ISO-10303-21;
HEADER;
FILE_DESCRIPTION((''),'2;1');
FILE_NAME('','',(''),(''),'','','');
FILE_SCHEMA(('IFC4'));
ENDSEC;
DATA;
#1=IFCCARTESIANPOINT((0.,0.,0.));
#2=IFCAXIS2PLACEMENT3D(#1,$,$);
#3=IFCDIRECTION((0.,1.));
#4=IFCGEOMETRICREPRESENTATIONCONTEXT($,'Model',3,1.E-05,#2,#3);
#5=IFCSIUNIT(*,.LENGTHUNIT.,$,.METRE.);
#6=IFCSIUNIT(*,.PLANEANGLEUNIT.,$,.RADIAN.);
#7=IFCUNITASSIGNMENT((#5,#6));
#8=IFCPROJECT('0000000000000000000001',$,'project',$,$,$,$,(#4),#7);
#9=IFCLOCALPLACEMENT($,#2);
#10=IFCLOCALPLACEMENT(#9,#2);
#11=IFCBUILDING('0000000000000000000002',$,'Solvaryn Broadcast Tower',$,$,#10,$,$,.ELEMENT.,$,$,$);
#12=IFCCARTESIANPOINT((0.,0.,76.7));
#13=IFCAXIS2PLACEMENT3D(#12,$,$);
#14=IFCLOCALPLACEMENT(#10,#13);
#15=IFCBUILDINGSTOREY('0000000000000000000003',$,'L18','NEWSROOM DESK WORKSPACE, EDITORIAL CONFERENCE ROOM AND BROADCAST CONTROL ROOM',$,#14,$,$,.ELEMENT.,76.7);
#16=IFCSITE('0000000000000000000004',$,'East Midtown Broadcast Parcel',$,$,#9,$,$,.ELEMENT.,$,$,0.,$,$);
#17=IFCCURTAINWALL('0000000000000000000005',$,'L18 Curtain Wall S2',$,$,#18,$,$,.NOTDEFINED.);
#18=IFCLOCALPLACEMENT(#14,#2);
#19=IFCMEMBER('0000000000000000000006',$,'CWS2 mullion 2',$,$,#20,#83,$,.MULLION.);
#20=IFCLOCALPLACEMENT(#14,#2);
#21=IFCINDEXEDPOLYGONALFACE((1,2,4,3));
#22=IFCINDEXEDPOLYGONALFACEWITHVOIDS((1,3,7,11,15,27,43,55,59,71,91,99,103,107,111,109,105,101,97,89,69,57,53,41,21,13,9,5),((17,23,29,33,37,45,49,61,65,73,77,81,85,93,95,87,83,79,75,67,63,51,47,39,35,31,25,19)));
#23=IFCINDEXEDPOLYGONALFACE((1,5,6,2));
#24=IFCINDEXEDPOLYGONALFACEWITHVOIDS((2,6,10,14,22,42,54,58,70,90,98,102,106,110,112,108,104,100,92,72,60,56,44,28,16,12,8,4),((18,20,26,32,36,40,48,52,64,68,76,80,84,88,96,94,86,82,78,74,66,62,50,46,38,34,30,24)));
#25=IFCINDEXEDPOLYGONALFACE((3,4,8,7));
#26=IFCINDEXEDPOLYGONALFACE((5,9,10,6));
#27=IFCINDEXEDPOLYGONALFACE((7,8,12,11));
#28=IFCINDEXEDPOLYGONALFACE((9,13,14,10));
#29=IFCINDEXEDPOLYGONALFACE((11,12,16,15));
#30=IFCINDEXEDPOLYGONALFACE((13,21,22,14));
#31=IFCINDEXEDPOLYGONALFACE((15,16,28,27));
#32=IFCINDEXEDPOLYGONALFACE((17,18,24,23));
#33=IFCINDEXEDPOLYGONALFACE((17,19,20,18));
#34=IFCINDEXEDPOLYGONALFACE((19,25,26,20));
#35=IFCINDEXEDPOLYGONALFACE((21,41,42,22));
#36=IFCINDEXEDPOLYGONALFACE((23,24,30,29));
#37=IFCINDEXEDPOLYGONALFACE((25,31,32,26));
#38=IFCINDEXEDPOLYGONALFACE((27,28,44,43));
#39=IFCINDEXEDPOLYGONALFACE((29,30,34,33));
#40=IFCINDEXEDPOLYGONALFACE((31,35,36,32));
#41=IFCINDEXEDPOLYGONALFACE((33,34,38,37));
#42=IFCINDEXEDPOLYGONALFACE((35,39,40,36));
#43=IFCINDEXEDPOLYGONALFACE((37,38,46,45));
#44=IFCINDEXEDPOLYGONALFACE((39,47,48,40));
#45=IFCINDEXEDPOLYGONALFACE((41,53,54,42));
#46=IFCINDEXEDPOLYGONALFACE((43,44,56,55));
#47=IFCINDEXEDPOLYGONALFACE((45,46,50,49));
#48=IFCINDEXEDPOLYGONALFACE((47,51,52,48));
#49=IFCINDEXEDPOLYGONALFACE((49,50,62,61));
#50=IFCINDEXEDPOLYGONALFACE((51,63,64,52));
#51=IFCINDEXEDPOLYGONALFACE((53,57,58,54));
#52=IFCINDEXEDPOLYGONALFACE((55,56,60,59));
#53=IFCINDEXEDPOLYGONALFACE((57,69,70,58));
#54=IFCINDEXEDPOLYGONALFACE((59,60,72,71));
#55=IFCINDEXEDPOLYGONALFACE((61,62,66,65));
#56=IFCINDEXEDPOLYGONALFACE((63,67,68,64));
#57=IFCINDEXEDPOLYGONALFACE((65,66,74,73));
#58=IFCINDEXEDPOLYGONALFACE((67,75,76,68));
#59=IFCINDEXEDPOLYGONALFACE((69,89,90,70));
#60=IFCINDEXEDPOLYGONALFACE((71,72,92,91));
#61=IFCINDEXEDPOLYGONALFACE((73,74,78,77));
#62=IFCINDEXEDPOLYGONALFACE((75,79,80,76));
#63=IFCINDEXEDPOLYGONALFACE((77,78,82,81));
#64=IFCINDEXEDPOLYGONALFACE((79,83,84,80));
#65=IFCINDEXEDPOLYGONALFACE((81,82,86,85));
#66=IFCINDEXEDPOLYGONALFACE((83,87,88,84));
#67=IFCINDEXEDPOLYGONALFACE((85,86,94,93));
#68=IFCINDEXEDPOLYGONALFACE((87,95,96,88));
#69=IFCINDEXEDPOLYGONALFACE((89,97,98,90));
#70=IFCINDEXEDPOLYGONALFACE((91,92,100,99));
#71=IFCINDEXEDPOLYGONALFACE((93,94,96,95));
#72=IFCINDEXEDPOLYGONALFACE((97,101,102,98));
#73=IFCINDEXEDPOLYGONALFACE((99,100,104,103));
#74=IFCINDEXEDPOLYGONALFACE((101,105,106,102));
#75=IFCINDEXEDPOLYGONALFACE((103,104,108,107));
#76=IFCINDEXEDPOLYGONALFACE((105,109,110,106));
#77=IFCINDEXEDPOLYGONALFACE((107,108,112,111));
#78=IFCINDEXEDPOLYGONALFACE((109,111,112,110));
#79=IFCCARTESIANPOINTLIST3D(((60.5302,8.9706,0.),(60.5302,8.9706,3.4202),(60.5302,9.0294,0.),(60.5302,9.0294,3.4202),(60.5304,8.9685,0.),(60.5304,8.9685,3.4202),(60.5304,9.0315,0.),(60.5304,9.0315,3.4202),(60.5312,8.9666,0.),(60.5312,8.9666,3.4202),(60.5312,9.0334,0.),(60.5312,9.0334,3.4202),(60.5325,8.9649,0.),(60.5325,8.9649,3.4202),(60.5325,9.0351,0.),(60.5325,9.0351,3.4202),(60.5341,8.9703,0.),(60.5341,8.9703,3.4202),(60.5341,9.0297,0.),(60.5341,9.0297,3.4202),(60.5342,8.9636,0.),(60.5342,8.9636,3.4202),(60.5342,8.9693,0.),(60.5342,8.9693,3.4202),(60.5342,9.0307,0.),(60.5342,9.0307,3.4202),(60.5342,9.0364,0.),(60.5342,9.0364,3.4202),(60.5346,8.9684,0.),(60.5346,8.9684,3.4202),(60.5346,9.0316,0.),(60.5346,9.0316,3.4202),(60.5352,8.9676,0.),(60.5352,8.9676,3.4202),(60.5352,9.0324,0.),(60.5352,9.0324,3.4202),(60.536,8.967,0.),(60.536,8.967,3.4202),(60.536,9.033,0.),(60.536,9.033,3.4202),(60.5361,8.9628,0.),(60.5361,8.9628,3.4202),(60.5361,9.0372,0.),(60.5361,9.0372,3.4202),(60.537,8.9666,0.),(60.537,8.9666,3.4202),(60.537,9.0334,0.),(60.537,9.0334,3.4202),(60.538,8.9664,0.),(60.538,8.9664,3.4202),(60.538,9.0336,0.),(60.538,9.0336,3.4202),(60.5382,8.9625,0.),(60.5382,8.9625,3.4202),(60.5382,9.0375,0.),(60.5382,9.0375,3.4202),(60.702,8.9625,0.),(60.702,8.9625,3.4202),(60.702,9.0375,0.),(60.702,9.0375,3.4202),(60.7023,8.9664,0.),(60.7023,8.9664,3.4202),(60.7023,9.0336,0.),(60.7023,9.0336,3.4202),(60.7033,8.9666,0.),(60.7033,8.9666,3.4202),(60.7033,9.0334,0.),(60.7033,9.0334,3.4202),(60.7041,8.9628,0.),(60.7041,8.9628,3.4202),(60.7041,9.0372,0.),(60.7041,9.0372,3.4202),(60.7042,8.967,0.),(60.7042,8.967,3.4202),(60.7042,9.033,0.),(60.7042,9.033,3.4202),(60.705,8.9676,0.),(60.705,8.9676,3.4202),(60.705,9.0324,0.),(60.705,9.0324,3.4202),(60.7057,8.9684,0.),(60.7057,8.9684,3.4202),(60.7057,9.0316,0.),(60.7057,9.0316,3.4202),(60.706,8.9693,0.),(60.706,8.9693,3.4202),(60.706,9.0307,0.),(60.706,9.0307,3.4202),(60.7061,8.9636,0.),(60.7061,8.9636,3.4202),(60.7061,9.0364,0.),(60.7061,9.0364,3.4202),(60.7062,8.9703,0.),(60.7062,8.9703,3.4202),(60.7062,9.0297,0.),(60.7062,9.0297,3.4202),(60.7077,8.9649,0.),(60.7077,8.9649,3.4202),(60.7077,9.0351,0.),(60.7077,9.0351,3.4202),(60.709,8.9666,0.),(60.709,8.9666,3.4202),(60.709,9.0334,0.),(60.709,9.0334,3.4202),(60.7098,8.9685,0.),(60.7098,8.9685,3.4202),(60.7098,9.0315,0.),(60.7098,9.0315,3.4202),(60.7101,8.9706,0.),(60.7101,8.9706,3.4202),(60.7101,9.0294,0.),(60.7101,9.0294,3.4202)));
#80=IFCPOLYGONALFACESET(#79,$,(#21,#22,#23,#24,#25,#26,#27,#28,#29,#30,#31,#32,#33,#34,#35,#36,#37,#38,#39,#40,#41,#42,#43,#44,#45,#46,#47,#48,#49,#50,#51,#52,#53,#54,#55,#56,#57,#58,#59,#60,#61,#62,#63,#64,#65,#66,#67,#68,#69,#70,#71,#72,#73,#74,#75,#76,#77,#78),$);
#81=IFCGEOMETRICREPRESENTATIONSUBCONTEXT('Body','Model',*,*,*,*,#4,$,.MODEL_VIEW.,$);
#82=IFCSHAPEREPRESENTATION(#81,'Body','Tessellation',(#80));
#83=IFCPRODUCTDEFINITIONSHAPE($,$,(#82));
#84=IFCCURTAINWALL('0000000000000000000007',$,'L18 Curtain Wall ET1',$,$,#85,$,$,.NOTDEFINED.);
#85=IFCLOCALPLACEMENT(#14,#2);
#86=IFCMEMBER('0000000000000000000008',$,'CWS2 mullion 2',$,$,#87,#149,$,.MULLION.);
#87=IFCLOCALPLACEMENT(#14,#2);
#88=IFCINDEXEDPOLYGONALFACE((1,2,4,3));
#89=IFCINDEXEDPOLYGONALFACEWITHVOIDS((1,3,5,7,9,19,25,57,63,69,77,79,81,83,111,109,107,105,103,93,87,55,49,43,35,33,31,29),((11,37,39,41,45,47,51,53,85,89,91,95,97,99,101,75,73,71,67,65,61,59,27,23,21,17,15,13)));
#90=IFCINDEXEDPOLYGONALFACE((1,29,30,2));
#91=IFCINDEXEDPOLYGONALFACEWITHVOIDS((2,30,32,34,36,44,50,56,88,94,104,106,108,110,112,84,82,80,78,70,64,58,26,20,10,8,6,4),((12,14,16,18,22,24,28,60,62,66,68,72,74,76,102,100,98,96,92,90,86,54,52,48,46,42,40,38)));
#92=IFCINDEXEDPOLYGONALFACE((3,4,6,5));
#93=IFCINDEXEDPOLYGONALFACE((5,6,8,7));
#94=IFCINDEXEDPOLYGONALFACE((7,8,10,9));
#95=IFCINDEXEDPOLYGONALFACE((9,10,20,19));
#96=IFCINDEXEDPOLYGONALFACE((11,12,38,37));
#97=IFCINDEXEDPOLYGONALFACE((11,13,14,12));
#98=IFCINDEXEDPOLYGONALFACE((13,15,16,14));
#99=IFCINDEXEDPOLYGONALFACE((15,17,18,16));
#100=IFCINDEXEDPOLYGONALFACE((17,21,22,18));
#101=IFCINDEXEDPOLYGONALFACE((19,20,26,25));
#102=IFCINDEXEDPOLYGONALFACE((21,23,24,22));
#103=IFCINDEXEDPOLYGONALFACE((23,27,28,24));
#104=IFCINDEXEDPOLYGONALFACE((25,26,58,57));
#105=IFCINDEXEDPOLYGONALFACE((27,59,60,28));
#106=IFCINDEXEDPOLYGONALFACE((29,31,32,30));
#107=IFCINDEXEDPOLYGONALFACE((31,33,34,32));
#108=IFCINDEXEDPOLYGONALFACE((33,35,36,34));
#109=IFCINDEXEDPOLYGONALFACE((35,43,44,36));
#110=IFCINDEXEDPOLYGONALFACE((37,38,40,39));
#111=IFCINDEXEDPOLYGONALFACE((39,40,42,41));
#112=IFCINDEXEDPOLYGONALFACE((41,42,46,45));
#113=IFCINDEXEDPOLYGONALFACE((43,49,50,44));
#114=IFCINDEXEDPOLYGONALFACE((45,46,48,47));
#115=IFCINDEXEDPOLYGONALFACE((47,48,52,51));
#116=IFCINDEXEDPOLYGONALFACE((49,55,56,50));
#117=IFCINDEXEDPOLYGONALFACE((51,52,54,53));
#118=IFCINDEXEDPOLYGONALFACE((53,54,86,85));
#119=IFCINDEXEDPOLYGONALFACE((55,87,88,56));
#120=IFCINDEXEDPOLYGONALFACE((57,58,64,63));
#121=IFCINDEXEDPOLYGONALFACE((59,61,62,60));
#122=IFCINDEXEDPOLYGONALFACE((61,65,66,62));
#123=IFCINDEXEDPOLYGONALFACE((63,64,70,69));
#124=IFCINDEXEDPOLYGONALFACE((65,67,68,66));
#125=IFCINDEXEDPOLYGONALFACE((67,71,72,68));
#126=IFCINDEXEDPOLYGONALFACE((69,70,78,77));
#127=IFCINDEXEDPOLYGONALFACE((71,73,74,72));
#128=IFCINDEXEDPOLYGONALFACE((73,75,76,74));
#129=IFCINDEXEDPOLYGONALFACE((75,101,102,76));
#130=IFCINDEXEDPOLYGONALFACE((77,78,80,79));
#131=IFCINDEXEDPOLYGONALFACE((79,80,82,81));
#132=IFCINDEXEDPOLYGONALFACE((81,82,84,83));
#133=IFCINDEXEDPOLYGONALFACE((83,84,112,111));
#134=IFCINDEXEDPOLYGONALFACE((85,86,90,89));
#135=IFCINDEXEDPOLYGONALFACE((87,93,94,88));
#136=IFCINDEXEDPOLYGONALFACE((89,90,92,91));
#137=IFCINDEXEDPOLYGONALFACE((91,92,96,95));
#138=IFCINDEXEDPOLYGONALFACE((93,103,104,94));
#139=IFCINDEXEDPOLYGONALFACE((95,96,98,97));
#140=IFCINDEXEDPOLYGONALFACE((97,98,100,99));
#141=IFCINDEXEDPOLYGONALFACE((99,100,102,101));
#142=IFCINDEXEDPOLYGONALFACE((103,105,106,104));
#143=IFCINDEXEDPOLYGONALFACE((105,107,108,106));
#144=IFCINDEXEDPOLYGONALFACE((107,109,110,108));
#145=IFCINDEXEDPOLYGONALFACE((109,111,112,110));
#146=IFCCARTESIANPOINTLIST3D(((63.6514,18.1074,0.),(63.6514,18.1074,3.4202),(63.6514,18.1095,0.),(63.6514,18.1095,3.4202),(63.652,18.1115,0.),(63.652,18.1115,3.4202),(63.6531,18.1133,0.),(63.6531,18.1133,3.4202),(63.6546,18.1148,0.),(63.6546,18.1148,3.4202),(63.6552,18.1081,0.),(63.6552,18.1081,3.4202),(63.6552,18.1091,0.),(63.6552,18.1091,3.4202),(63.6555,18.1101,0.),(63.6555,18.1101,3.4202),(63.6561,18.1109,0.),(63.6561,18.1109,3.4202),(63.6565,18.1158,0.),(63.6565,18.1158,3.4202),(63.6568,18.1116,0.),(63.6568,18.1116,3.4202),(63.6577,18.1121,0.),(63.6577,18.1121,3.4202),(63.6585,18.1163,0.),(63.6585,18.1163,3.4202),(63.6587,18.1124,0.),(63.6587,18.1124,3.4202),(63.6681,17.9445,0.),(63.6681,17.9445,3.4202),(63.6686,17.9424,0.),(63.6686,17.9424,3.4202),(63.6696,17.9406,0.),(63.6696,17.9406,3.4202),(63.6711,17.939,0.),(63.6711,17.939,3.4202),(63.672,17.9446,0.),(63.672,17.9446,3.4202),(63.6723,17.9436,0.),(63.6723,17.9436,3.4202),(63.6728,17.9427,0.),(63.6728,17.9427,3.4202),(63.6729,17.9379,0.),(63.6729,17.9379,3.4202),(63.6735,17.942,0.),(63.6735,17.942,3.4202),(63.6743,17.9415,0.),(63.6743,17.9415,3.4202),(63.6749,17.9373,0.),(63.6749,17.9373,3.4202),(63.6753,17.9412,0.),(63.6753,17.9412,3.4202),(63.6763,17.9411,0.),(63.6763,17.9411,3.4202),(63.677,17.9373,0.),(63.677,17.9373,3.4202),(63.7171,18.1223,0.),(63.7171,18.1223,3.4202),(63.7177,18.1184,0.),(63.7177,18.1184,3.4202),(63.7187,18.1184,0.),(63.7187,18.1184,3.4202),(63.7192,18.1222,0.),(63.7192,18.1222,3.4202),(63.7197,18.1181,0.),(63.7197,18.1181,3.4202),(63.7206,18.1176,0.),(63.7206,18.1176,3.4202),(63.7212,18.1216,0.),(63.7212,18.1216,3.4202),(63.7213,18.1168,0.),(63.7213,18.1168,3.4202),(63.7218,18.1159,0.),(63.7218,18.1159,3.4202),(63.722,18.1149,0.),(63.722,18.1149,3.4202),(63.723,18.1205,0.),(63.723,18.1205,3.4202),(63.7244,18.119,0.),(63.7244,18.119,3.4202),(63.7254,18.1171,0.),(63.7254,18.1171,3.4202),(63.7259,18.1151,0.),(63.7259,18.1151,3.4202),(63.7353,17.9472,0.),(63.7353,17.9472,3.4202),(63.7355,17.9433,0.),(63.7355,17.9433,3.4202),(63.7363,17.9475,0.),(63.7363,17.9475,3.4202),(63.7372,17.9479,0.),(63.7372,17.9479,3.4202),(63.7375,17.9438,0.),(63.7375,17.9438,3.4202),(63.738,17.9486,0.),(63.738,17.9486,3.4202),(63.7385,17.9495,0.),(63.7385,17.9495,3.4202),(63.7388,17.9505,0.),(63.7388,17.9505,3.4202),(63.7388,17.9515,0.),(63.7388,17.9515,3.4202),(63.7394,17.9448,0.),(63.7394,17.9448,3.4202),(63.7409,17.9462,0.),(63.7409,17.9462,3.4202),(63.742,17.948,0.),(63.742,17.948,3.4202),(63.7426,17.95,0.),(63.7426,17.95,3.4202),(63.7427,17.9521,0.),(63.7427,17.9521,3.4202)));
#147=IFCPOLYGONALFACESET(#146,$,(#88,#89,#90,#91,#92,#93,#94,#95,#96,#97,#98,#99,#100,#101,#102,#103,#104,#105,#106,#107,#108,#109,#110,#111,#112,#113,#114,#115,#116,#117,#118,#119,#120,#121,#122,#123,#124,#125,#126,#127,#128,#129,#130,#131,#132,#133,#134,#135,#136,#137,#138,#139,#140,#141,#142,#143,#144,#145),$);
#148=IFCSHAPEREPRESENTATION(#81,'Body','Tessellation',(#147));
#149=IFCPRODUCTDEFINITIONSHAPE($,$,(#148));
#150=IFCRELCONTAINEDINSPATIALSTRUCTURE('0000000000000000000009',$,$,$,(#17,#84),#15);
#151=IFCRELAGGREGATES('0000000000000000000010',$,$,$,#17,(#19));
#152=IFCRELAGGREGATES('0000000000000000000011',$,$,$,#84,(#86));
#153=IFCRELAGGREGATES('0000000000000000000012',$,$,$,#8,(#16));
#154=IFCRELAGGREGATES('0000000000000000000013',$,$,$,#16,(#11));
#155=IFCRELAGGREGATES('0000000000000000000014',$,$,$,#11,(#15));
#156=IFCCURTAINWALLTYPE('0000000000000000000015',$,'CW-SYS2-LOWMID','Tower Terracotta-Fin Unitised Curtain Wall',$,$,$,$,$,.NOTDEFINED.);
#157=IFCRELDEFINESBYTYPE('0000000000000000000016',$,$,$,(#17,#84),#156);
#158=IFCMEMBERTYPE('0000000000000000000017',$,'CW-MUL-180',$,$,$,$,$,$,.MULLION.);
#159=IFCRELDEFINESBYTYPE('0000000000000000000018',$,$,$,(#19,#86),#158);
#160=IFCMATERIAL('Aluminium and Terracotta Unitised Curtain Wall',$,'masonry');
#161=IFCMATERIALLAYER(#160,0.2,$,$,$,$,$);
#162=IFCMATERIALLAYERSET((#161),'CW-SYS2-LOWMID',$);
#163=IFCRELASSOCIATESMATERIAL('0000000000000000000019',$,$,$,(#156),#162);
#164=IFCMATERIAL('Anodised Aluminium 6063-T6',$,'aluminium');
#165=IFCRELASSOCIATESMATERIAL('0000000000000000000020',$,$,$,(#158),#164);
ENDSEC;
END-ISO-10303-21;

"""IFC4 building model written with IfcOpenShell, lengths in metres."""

from ifc_helpers import new_model, si_unit, direction, frame, origin, origin_2d, place, context, subcontext, project, spatial, hollow_rectangle, extrude, material, layer, layer_set, material_profile, profile_set, type_object, element, aggregate, save


model = new_model("IFC4")

# Units and contexts
model_context = context("Model", 3, precision=1e-05, world=origin(), true_north=direction((0.0, 1.0)))
body_context = subcontext(model_context, "Body", "Model", "MODEL_VIEW")
ifc_project = project(units=[si_unit("LENGTHUNIT", "METRE"), si_unit("PLANEANGLEUNIT", "RADIAN")], contexts=[model_context])

# Site, building, storey
site_placement = place(None, origin())
site = spatial("IfcSite", under=ifc_project, at=site_placement, Name="East Midtown Broadcast Parcel", CompositionType="ELEMENT", RefElevation=0.0)
building_placement = place(site_placement, origin())
building = spatial("IfcBuilding", under=site, at=building_placement, Name="Solvaryn Broadcast Tower", CompositionType="ELEMENT")
storey_placement = place(building_placement, frame((0.0, 0.0, 76.7)))
storey = spatial("IfcBuildingStorey", under=building, at=storey_placement, Name="L18", Description="NEWSROOM DESK WORKSPACE, EDITORIAL CONFERENCE ROOM AND BROADCAST CONTROL ROOM", CompositionType="ELEMENT", Elevation=76.7)

# Curtain walls, members
ifc_material_1 = material(Name="Aluminium and Terracotta Unitised Curtain Wall", Category="masonry")
ifc_layer_1 = layer(ifc_material_1, 0.2)
ifc_layer_set_1 = layer_set([ifc_layer_1], Name="CW-SYS2-LOWMID")
curtain_wall_type = type_object("IfcCurtainWallType", Name="CW-SYS2-LOWMID", Description="Tower Terracotta-Fin Unitised Curtain Wall", PredefinedType="NOTDEFINED", material=ifc_layer_set_1)
curtain_wall_1_placement = place(storey_placement, origin())
curtain_wall_1 = element("IfcCurtainWall", 1, at=curtain_wall_1_placement, inside=storey, type_object=curtain_wall_type, Name="L18 Curtain Wall S2", PredefinedType="NOTDEFINED")
ifc_material_2 = material(Name="Anodised Aluminium 6063-T6", Category="aluminium")
ifc_material_profile_1 = material_profile(ifc_material_2, hollow_rectangle(XDim=0.075, YDim=0.1799, WallThickness=0.0039, InnerFilletRadius=0.0039, OuterFilletRadius=0.0081, at=origin_2d()))
ifc_profile_set_1 = profile_set([ifc_material_profile_1], Name="Anodised Aluminium 6063-T6")
member_type_1 = type_object("IfcMemberType", Name="CW-MUL-180", PredefinedType="MULLION", material=ifc_profile_set_1)
member_1_placement = place(storey_placement, frame((60.6201, 9.0, 0.0), z_axis=(0.0, 0.0, 1.0), x_axis=(0.0, 1.0, 0.0)))
member_1 = element("IfcMember", 2, at=member_1_placement, type_object=member_type_1, Name="CWS2 mullion 2", PredefinedType="MULLION", context=body_context, shape_type="SweptSolid", body=[
    extrude(hollow_rectangle(XDim=0.075, YDim=0.1799, WallThickness=0.0039, InnerFilletRadius=0.0039, OuterFilletRadius=0.0081, at=origin_2d()), origin(), (0.0, 0.0, 1.0), 3.4202),
])
aggregate(curtain_wall_1, [member_1])
curtain_wall_2_placement = place(storey_placement, origin())
curtain_wall_2 = element("IfcCurtainWall", 3, at=curtain_wall_2_placement, inside=storey, type_object=curtain_wall_type, Name="L18 Curtain Wall ET1", PredefinedType="NOTDEFINED")
member_2_placement = place(storey_placement, frame((63.697, 18.0298, 0.0), z_axis=(0.0, 0.0, 1.0), x_axis=(0.994743, 0.1024, 0.0)))
member_2 = element("IfcMember", 4, at=member_2_placement, type_object=member_type_1, Name="CWS2 mullion 2", PredefinedType="MULLION", context=body_context, shape_type="SweptSolid", body=[
    extrude(hollow_rectangle(XDim=0.075, YDim=0.1799, WallThickness=0.0039, InnerFilletRadius=0.0039, OuterFilletRadius=0.0081, at=origin_2d()), origin(), (0.0, 0.0, 1.0), 3.4202),
])
aggregate(curtain_wall_2, [member_2])

save(model, "model.ifc")
